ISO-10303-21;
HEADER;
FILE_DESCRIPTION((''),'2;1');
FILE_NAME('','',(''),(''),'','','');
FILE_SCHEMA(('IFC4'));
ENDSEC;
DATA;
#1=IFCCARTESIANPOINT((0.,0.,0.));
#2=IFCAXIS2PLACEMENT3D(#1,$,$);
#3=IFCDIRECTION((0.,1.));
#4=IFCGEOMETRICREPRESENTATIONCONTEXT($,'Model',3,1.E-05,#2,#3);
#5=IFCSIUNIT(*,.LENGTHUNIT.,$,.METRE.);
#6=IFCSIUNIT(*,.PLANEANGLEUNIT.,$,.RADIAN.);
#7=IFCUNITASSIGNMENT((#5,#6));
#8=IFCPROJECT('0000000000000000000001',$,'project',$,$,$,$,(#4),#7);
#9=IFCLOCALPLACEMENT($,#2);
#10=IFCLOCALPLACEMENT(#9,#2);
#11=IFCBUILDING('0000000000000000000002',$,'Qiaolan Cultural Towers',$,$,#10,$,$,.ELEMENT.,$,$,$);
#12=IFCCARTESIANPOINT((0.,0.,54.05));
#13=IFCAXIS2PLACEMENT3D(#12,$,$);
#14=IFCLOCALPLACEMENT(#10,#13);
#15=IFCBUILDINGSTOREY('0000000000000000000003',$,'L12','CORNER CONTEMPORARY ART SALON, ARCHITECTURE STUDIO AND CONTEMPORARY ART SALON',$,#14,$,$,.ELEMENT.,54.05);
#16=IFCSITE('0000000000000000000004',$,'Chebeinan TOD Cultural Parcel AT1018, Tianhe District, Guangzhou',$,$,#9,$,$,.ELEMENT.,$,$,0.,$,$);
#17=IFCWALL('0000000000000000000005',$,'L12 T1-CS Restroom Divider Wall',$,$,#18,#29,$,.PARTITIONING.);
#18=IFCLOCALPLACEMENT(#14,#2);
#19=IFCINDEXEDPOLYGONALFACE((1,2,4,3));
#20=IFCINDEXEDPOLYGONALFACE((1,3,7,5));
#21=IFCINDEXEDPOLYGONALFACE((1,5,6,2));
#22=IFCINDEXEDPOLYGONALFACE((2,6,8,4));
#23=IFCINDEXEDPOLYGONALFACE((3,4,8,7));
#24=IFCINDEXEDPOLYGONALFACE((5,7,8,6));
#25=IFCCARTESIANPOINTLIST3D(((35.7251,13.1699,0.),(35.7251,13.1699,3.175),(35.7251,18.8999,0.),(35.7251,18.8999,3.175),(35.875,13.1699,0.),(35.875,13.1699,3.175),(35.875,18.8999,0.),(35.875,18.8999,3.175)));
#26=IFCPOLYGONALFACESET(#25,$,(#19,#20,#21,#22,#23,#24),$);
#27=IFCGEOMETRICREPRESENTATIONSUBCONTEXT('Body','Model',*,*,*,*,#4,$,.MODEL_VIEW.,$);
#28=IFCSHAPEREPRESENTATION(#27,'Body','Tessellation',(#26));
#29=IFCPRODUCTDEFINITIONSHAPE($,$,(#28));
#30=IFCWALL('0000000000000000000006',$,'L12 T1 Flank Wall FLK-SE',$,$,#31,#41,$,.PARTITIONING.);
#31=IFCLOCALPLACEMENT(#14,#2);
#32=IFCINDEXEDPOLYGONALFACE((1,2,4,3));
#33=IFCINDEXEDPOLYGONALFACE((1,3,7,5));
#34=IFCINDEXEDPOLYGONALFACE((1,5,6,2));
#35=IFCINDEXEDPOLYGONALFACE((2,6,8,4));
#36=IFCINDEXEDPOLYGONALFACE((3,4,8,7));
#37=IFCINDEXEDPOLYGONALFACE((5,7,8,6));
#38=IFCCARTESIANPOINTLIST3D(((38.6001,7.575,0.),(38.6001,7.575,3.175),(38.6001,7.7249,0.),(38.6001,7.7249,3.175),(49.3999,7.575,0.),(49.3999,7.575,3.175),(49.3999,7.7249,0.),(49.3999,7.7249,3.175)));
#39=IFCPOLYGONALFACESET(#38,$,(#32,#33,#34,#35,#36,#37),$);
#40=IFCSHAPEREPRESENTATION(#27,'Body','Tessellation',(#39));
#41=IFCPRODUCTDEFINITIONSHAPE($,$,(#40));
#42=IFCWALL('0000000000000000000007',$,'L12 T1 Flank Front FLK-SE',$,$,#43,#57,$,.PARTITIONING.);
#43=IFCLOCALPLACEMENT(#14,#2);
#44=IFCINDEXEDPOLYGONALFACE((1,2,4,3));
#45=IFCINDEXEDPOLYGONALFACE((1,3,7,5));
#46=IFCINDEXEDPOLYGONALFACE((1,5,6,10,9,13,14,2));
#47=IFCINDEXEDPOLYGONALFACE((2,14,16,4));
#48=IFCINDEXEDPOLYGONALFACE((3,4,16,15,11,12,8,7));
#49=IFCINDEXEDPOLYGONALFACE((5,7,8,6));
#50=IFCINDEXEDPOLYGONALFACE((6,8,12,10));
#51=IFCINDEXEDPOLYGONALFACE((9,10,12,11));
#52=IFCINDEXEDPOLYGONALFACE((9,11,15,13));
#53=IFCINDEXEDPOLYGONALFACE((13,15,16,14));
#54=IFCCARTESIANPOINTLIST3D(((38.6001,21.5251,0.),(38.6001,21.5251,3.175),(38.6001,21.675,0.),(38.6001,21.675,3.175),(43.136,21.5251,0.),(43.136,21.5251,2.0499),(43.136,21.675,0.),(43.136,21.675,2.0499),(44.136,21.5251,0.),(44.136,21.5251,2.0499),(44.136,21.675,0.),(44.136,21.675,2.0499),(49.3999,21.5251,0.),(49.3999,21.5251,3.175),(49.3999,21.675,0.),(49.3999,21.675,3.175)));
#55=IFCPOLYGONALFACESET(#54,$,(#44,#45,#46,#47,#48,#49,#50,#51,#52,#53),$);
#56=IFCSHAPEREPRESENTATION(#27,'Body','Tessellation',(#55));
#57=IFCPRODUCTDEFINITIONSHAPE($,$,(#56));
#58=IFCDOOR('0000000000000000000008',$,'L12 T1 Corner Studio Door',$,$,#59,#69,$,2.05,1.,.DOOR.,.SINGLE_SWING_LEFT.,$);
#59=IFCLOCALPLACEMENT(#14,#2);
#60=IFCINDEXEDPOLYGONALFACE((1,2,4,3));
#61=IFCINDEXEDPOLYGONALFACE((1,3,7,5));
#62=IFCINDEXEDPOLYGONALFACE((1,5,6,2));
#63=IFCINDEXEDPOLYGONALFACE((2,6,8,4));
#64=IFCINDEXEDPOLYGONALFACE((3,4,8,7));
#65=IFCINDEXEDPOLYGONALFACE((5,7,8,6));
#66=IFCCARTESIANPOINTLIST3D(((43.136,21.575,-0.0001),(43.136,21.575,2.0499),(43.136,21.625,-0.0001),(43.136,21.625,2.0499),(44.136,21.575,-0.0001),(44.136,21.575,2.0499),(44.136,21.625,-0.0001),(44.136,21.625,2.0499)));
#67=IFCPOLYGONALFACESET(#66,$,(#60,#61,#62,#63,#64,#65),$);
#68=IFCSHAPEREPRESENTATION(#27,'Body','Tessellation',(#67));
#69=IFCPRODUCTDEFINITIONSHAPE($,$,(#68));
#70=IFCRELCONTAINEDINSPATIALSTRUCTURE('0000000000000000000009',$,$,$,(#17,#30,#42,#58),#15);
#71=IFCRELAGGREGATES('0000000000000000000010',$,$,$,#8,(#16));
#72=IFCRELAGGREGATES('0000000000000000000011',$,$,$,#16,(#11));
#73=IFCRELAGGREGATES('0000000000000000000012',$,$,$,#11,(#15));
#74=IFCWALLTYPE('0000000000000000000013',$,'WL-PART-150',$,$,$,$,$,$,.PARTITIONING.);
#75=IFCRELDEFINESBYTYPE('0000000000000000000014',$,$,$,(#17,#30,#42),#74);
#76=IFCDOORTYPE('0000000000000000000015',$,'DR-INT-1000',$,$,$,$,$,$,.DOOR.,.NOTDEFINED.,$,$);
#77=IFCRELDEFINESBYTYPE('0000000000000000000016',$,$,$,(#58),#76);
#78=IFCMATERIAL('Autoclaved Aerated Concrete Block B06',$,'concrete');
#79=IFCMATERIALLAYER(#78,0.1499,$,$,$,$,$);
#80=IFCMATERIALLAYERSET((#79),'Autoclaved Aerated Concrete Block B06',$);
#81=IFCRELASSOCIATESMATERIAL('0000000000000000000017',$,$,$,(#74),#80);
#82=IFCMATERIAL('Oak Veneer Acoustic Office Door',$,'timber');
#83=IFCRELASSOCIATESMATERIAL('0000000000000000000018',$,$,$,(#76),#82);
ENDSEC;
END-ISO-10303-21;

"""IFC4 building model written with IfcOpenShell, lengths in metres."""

from ifc_helpers import new_model, si_unit, direction, frame, frame_2d, origin, place, context, subcontext, project, spatial, rectangle, extrude, material, layer, layer_set, type_object, element, fill, save


model = new_model("IFC4")

# Units and contexts
model_context = context("Model", 3, precision=1e-05, world=origin(), true_north=direction((0.0, 1.0)))
body_context = subcontext(model_context, "Body", "Model", "MODEL_VIEW")
ifc_project = project(units=[si_unit("LENGTHUNIT", "METRE"), si_unit("PLANEANGLEUNIT", "RADIAN")], contexts=[model_context])

# Site, building, storey
site_placement = place(None, origin())
site = spatial("IfcSite", under=ifc_project, at=site_placement, Name="Chebeinan TOD Cultural Parcel AT1018, Tianhe District, Guangzhou", CompositionType="ELEMENT", RefElevation=0.0)
building_placement = place(site_placement, origin())
building = spatial("IfcBuilding", under=site, at=building_placement, Name="Qiaolan Cultural Towers", CompositionType="ELEMENT")
storey_placement = place(building_placement, frame((0.0, 0.0, 54.05)))
storey = spatial("IfcBuildingStorey", under=building, at=storey_placement, Name="L12", Description="CORNER CONTEMPORARY ART SALON, ARCHITECTURE STUDIO AND CONTEMPORARY ART SALON", CompositionType="ELEMENT", Elevation=54.05)

# Shared definitions
ifc_material_1 = material(Name="Autoclaved Aerated Concrete Block B06", Category="concrete")
ifc_layer_1 = layer(ifc_material_1, 0.1499)
ifc_layer_set_1 = layer_set([ifc_layer_1], Name="Autoclaved Aerated Concrete Block B06")
wall_type_1 = type_object("IfcWallType", Name="WL-PART-150", PredefinedType="PARTITIONING", material=ifc_layer_set_1)

# Walls
wall_1_placement = place(storey_placement, frame((35.8, 18.8999, 0.0), z_axis=(0.0, 0.0, 1.0), x_axis=(0.0, -1.0, 0.0)))
element("IfcWall", 1, at=wall_1_placement, inside=storey, type_object=wall_type_1, Name="L12 T1-CS Restroom Divider Wall", PredefinedType="PARTITIONING", context=body_context, shape_type="SweptSolid", body=[
    extrude(rectangle(XDim=5.73, YDim=0.1499, at=frame_2d((2.865, 0.0))), origin(), (0.0, 0.0, 1.0), 3.175),
])
wall_2_placement = place(storey_placement, frame((38.6001, 7.6499, 0.0), z_axis=(0.0, 0.0, 1.0), x_axis=(1.0, 0.0, 0.0)))
element("IfcWall", 2, at=wall_2_placement, inside=storey, type_object=wall_type_1, Name="L12 T1 Flank Wall FLK-SE", PredefinedType="PARTITIONING", context=body_context, shape_type="SweptSolid", body=[
    extrude(rectangle(XDim=10.7998, YDim=0.1499, at=frame_2d((5.3999, 0.0))), origin(), (0.0, 0.0, 1.0), 3.175),
])

# Wall, opening, door
wall_3_placement = place(storey_placement, frame((38.6001, 21.6001, 0.0), z_axis=(0.0, 0.0, 1.0), x_axis=(1.0, 0.0, 0.0)))
wall_3 = element("IfcWall", 3, at=wall_3_placement, inside=storey, type_object=wall_type_1, Name="L12 T1 Flank Front FLK-SE", PredefinedType="PARTITIONING", context=body_context, shape_type="SweptSolid", body=[
    extrude(rectangle(XDim=10.7998, YDim=0.1499, at=frame_2d((5.3999, 0.0))), origin(), (0.0, 0.0, 1.0), 3.175),
])
opening_1_placement = place(wall_3_placement, frame((4.5359, 0.0, 0.0)))
opening_1 = element("IfcOpeningElement", 4, at=opening_1_placement, cuts=wall_3, PredefinedType="OPENING", context=body_context, shape_type="SweptSolid", body=[
    extrude(rectangle(XDim=1.0, YDim=2.05, at=frame_2d((0.5, 1.0249))), frame((0.0, 0.085, 0.0), z_axis=(0.0, -1.0, 0.0), x_axis=(1.0, 0.0, 0.0)), (0.0, 0.0, 1.0), 0.1699),
])
ifc_material_2 = material(Name="Oak Veneer Acoustic Office Door", Category="timber")
door_type_1 = type_object("IfcDoorType", Name="DR-INT-1000", OperationType="NOTDEFINED", PredefinedType="DOOR", material=ifc_material_2)
door_1_placement = place(opening_1_placement, origin())
door_1 = element("IfcDoor", 5, at=door_1_placement, inside=storey, type_object=door_type_1, Name="L12 T1 Corner Studio Door", OperationType="SINGLE_SWING_LEFT", OverallHeight=2.05, OverallWidth=1.0, PredefinedType="DOOR", context=body_context, shape_type="SweptSolid", body=[
    extrude(rectangle(XDim=1.0, YDim=2.05, at=frame_2d((0.5, 1.0249))), frame((0.0, 0.0249, 0.0), z_axis=(0.0, -1.0, 0.0), x_axis=(1.0, 0.0, 0.0)), (0.0, 0.0, 1.0), 0.05),
])
fill(opening_1, door_1)

save(model, "model.ifc")
